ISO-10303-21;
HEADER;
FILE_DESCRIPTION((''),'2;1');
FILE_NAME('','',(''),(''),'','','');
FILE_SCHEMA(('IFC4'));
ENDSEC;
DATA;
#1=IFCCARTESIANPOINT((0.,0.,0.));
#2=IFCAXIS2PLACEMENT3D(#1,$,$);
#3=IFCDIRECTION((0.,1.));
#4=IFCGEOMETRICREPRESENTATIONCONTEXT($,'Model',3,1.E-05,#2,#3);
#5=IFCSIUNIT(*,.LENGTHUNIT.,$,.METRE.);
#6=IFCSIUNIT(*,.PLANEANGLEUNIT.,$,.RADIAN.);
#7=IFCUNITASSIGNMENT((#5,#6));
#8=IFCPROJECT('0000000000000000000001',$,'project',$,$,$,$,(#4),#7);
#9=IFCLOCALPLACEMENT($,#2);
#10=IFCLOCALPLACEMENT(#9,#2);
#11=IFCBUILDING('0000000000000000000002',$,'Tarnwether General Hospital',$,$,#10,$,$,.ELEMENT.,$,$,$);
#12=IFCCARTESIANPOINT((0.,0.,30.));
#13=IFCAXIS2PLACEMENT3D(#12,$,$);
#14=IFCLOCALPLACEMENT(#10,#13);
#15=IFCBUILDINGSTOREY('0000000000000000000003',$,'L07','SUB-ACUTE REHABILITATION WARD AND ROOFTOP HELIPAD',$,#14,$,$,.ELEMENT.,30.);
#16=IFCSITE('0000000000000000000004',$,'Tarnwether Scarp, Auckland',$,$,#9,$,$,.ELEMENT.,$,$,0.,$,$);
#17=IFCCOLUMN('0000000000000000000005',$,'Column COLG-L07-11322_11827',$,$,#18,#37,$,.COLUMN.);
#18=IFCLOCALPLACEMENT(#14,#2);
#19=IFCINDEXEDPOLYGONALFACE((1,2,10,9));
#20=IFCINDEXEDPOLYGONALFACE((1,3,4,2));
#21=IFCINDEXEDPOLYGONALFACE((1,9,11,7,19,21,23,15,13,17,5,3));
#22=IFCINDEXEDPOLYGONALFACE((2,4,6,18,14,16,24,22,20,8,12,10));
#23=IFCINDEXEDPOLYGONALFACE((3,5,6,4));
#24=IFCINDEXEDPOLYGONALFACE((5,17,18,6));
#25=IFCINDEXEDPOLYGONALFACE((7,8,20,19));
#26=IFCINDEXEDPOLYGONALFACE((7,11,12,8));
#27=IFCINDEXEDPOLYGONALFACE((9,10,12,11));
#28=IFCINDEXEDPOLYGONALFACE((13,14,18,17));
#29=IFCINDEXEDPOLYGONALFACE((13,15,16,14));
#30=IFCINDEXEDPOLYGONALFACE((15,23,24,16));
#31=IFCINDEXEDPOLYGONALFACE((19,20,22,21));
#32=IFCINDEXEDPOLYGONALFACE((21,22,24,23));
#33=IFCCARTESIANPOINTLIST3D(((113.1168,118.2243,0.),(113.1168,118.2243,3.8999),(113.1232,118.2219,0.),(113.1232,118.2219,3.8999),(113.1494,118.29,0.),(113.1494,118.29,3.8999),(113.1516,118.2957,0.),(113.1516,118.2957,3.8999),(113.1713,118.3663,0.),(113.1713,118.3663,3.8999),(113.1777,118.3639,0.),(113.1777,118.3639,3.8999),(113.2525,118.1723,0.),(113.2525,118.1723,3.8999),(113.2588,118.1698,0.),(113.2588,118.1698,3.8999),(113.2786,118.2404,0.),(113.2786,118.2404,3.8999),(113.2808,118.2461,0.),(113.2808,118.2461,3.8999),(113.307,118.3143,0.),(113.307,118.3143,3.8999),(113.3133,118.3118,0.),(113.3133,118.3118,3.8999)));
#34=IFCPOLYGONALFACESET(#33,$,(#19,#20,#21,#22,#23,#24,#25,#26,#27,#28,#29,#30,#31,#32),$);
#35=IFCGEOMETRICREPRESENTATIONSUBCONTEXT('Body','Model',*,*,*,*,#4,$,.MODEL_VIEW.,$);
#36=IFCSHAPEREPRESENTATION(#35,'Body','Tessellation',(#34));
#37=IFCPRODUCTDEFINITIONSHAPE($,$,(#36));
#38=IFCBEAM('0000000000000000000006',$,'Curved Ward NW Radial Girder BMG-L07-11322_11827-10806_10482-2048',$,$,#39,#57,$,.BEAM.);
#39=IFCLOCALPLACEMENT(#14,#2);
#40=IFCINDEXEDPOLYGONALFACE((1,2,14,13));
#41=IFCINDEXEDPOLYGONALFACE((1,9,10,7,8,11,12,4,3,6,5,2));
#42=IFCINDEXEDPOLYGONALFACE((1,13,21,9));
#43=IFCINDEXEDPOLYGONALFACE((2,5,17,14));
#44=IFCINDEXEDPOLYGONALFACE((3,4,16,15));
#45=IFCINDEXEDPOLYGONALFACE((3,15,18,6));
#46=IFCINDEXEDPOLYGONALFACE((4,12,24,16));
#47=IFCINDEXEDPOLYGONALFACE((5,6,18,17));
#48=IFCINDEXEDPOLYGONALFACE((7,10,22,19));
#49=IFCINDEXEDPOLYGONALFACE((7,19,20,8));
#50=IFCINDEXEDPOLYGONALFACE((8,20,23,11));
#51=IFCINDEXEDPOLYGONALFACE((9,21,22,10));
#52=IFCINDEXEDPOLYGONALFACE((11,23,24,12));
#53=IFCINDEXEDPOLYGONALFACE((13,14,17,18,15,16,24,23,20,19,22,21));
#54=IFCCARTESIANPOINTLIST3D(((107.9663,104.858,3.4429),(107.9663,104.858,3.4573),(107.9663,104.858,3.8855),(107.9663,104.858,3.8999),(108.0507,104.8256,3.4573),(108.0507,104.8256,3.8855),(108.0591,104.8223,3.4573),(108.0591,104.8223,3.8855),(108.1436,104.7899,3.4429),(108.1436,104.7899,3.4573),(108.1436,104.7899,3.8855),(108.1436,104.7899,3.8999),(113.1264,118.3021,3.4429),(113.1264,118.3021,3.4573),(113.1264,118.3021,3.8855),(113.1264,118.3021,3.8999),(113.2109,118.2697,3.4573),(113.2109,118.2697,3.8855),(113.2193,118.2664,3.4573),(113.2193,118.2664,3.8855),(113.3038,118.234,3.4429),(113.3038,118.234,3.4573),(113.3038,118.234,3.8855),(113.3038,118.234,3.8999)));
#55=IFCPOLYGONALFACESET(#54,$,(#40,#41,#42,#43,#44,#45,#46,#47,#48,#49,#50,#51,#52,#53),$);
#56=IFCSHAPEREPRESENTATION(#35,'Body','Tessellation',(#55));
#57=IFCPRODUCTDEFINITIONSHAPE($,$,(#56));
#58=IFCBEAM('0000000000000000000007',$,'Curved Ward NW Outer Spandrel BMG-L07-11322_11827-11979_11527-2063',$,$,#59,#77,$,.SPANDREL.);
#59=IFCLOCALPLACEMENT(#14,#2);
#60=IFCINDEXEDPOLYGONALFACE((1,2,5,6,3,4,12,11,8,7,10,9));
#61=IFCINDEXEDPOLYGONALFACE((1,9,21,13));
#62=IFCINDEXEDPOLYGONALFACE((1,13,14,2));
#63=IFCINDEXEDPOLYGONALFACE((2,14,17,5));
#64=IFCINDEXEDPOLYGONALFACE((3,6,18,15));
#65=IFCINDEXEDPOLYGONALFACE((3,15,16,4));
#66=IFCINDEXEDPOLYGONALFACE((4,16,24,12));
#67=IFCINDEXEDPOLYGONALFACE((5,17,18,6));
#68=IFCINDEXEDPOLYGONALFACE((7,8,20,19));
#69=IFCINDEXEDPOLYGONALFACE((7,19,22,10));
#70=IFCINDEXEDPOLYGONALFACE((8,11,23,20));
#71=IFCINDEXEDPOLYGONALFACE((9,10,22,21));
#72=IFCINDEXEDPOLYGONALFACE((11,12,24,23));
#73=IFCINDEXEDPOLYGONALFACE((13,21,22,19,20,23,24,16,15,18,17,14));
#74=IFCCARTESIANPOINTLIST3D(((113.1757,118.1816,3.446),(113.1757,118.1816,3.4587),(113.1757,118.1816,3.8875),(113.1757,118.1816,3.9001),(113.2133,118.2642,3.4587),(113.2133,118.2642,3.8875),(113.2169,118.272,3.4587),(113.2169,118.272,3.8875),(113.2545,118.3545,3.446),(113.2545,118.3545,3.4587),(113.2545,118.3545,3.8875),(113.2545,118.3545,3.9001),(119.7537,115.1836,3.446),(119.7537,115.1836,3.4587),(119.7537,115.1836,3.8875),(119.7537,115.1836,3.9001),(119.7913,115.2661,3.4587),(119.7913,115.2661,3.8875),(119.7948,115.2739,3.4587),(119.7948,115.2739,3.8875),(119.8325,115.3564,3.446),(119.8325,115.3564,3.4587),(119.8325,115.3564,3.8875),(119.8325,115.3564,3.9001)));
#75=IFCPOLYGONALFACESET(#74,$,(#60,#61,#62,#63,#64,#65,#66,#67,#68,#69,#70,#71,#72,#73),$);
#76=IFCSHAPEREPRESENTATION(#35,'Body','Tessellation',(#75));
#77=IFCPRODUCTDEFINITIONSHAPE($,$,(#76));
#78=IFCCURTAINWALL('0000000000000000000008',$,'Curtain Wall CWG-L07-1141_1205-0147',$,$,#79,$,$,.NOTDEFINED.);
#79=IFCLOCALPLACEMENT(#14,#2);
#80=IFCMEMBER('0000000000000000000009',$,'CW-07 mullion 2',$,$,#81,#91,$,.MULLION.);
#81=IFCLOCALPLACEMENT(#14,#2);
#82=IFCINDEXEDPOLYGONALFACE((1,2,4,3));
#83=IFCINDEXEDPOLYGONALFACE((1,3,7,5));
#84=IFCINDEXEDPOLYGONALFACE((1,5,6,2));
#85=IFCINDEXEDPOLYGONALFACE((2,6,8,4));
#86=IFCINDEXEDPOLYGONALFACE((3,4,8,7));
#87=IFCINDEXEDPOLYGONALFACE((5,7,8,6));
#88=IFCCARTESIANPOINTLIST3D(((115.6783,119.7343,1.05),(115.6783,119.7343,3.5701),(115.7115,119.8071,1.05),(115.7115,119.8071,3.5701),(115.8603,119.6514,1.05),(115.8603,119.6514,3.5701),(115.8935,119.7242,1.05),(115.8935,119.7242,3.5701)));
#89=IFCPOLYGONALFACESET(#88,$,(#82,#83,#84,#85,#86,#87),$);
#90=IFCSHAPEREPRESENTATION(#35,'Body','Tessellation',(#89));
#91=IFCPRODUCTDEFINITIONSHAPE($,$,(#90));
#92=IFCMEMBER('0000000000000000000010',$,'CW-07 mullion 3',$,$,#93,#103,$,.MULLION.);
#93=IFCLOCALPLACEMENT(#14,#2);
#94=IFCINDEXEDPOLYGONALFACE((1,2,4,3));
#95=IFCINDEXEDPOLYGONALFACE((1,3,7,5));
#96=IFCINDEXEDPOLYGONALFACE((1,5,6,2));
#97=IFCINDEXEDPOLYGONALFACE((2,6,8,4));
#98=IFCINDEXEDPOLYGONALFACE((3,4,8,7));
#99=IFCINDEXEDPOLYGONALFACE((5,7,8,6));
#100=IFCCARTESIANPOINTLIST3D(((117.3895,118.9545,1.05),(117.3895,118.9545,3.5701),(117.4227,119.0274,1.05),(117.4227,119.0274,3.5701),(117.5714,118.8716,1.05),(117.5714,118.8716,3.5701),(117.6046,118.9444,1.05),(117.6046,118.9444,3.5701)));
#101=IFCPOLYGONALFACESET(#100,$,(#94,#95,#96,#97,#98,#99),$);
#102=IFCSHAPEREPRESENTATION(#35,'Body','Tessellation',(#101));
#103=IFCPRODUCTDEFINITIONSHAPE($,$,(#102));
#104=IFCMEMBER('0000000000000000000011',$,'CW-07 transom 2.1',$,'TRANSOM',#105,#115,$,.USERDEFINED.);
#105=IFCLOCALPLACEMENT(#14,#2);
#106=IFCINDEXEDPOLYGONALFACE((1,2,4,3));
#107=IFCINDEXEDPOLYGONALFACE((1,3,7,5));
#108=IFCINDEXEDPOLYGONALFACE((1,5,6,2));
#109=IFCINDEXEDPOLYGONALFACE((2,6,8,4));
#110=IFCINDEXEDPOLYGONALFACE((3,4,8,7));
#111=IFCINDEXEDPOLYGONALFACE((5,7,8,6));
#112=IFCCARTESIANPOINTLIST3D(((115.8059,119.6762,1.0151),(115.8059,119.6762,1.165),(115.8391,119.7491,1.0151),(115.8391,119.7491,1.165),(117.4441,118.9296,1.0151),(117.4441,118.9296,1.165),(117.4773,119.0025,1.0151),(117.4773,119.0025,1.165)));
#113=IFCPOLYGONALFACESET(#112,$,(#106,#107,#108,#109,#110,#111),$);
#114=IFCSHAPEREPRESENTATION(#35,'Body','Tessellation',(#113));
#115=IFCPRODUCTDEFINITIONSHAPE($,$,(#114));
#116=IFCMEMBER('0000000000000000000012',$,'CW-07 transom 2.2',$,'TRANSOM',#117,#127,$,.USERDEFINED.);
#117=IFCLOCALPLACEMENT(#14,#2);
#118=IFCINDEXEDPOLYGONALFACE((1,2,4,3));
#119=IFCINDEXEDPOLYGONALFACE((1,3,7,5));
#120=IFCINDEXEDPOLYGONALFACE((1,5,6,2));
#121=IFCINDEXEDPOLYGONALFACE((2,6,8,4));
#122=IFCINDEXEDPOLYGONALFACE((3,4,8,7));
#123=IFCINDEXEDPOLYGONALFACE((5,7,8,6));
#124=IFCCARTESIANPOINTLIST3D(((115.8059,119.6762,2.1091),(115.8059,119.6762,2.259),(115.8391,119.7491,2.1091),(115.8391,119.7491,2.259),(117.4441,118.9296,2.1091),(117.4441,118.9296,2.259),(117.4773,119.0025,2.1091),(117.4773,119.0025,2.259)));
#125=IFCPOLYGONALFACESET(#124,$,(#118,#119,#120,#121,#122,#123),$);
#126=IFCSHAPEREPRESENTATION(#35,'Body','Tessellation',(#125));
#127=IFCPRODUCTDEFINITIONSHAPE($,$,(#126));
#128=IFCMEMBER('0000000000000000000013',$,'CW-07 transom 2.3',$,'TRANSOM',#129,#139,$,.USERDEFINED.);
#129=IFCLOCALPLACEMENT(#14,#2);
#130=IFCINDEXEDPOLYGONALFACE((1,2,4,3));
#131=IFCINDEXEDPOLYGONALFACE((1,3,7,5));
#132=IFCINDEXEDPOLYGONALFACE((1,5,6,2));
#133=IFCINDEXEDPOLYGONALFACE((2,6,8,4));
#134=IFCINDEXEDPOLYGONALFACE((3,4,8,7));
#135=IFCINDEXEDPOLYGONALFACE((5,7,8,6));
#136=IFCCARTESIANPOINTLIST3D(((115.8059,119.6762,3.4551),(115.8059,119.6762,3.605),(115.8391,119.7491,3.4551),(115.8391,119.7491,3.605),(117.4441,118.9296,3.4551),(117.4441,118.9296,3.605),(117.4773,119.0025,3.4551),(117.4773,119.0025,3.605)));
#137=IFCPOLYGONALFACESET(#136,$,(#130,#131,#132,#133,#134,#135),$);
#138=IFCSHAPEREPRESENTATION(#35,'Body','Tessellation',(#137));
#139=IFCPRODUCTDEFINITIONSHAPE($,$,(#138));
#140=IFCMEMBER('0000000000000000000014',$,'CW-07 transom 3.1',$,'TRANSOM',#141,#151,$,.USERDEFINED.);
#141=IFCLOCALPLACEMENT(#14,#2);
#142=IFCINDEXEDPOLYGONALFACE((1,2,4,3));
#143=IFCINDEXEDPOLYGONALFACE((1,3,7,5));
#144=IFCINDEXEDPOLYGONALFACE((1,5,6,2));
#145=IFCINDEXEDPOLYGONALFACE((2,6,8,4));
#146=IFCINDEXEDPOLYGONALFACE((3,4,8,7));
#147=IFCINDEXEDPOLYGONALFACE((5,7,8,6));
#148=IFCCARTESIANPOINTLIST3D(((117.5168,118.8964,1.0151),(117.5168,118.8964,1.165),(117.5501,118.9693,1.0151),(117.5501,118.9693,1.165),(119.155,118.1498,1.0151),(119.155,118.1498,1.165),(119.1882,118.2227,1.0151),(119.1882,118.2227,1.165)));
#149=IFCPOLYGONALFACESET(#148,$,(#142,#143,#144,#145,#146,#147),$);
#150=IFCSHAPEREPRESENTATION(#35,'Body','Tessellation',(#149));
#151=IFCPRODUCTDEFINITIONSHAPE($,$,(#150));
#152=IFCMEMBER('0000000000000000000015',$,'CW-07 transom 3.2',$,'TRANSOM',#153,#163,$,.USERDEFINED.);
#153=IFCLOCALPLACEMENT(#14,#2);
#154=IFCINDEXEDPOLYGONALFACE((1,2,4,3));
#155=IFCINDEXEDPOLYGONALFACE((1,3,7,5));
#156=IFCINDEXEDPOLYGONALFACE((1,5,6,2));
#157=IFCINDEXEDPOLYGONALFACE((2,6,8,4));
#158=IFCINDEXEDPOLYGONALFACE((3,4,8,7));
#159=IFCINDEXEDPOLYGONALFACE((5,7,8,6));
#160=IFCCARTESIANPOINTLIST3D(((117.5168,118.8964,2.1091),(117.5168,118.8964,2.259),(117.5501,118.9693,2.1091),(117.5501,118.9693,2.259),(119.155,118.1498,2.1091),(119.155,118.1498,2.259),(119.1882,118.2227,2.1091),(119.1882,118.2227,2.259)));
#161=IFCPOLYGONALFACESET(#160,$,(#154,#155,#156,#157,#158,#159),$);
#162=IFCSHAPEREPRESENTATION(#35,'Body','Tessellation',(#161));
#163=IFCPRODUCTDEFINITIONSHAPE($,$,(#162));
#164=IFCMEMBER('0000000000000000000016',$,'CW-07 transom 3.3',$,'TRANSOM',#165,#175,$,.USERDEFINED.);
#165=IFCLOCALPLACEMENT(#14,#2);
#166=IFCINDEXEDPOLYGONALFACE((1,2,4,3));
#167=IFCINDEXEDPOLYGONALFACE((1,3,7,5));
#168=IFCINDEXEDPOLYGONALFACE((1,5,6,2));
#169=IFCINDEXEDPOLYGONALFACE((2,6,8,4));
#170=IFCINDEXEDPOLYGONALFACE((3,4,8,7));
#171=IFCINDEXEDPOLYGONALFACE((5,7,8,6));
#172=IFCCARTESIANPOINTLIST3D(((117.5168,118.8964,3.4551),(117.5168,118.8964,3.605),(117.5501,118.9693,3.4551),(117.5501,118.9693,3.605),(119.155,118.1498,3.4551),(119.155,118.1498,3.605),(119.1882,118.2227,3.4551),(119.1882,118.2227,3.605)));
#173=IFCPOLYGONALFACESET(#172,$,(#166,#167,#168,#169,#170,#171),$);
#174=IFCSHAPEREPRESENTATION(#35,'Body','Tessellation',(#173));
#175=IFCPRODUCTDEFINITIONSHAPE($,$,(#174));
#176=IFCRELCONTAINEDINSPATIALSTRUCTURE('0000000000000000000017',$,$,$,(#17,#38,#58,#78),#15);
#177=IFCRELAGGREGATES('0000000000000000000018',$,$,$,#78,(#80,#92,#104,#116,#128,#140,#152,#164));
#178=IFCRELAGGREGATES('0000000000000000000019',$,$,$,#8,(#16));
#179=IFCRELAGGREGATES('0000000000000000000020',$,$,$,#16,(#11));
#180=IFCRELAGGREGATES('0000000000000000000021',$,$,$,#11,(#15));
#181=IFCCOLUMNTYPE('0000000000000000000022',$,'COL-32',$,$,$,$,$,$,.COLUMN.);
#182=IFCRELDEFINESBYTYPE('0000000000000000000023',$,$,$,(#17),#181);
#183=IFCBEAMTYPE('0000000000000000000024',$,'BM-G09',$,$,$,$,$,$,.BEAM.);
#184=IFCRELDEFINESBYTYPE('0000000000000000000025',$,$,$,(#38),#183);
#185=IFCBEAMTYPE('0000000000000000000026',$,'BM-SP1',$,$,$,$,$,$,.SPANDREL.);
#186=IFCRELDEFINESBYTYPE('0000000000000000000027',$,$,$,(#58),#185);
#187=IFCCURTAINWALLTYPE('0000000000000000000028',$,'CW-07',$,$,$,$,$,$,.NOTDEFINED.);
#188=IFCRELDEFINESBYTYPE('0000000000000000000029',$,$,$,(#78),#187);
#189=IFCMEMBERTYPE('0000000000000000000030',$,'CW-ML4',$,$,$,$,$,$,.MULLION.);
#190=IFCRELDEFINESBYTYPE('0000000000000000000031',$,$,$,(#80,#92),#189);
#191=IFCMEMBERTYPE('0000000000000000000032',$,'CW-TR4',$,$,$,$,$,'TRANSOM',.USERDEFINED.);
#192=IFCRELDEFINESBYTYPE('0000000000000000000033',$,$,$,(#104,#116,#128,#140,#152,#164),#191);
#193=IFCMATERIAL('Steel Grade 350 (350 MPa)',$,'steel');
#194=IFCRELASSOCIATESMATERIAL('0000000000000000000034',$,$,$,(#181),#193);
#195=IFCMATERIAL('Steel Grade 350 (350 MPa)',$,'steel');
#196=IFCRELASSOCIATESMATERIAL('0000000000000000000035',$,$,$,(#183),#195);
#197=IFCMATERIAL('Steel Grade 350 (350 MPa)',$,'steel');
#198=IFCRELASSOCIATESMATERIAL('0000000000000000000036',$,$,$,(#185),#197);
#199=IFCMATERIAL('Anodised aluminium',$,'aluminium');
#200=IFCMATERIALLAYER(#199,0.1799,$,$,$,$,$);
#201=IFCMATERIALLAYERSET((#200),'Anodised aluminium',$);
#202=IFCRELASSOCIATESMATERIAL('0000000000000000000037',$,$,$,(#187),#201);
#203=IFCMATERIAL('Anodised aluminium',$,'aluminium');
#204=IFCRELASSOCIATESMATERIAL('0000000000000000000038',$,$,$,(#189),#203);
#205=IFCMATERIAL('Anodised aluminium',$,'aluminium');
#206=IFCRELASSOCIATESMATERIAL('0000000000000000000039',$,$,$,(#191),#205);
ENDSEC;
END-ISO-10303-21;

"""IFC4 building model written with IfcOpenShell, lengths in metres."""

from ifc_helpers import new_model, si_unit, direction, frame, origin, origin_2d, place, context, subcontext, project, spatial, rectangle, i_section, extrude, material, layer, layer_set, material_profile, profile_set, type_object, element, aggregate, save


model = new_model("IFC4")

# Units and contexts
model_context = context("Model", 3, precision=1e-05, world=origin(), true_north=direction((0.0, 1.0)))
body_context = subcontext(model_context, "Body", "Model", "MODEL_VIEW")
ifc_project = project(units=[si_unit("LENGTHUNIT", "METRE"), si_unit("PLANEANGLEUNIT", "RADIAN")], contexts=[model_context])

# Site, building, storey
site_placement = place(None, origin())
site = spatial("IfcSite", under=ifc_project, at=site_placement, Name="Tarnwether Scarp, Auckland", CompositionType="ELEMENT", RefElevation=0.0)
building_placement = place(site_placement, origin())
building = spatial("IfcBuilding", under=site, at=building_placement, Name="Tarnwether General Hospital", CompositionType="ELEMENT")
storey_placement = place(building_placement, frame((0.0, 0.0, 30.0)))
storey = spatial("IfcBuildingStorey", under=building, at=storey_placement, Name="L07", Description="SUB-ACUTE REHABILITATION WARD AND ROOFTOP HELIPAD", CompositionType="ELEMENT", Elevation=30.0)

# Column
ifc_material_1 = material(Name="Steel Grade 350 (350 MPa)", Category="steel")
ifc_material_profile_1 = material_profile(ifc_material_1, i_section(OverallWidth=0.1521, OverallDepth=0.1521, WebThickness=0.0061, FlangeThickness=0.0068, at=origin_2d()), Name="150UC23.4")
ifc_profile_set_1 = profile_set([ifc_material_profile_1], Name="Steel Grade 350 (350 MPa)")
column_type = type_object("IfcColumnType", Name="COL-32", PredefinedType="COLUMN", material=ifc_profile_set_1)
column_placement = place(storey_placement, frame((113.2151, 118.2681, 0.0), z_axis=(0.0, 0.0, 1.0), x_axis=(0.358368, 0.93358, 0.0)))
element("IfcColumn", 1, at=column_placement, inside=storey, type_object=column_type, Name="Column COLG-L07-11322_11827", PredefinedType="COLUMN", context=body_context, shape_type="SweptSolid", body=[
    extrude(i_section(OverallWidth=0.1521, OverallDepth=0.1521, WebThickness=0.0061, FlangeThickness=0.0068, at=origin_2d()), origin(), (0.0, 0.0, 1.0), 3.8999),
])

# Beams
ifc_material_2 = material(Name="Steel Grade 350 (350 MPa)", Category="steel")
ifc_material_profile_2 = material_profile(ifc_material_2, i_section(OverallWidth=0.1899, OverallDepth=0.457, WebThickness=0.009, FlangeThickness=0.0144, at=origin_2d()), Name="460UB74.6")
ifc_profile_set_2 = profile_set([ifc_material_profile_2], Name="Steel Grade 350 (350 MPa)")
beam_type_1 = type_object("IfcBeamType", Name="BM-G09", PredefinedType="BEAM", material=ifc_profile_set_2)
beam_1_placement = place(storey_placement, frame((113.2151, 118.2681, 3.6714), z_axis=(-0.358335, -0.933593, 0.0), x_axis=(0.933593, -0.358335, 0.0)))
element("IfcBeam", 2, at=beam_1_placement, inside=storey, type_object=beam_type_1, Name="Curved Ward NW Radial Girder BMG-L07-11322_11827-10806_10482-2048", PredefinedType="BEAM", context=body_context, shape_type="SweptSolid", body=[
    extrude(i_section(OverallWidth=0.1899, OverallDepth=0.457, WebThickness=0.009, FlangeThickness=0.0144, at=origin_2d()), origin(), (0.0, 0.0, 1.0), 14.4004),
])
ifc_material_3 = material(Name="Steel Grade 350 (350 MPa)", Category="steel")
ifc_material_profile_3 = material_profile(ifc_material_3, i_section(OverallWidth=0.1899, OverallDepth=0.4541, WebThickness=0.0085, FlangeThickness=0.0127, at=origin_2d()), Name="460UB67.1")
ifc_profile_set_3 = profile_set([ifc_material_profile_3], Name="Steel Grade 350 (350 MPa)")
beam_type_2 = type_object("IfcBeamType", Name="BM-SP1", PredefinedType="SPANDREL", material=ifc_profile_set_3)
beam_2_placement = place(storey_placement, frame((113.2151, 118.2681, 3.6731), z_axis=(0.909944, -0.414731, 0.0), x_axis=(0.414731, 0.909944, 0.0)))
element("IfcBeam", 3, at=beam_2_placement, inside=storey, type_object=beam_type_2, Name="Curved Ward NW Outer Spandrel BMG-L07-11322_11827-11979_11527-2063", PredefinedType="SPANDREL", context=body_context, shape_type="SweptSolid", body=[
    extrude(i_section(OverallWidth=0.1899, OverallDepth=0.4541, WebThickness=0.0085, FlangeThickness=0.0127, at=origin_2d()), origin(), (0.0, 0.0, 1.0), 7.229),
])

# Curtain wall, members
ifc_material_4 = material(Name="Anodised aluminium", Category="aluminium")
ifc_layer_1 = layer(ifc_material_4, 0.1799)
ifc_layer_set_1 = layer_set([ifc_layer_1], Name="Anodised aluminium")
curtain_wall_type = type_object("IfcCurtainWallType", Name="CW-07", PredefinedType="NOTDEFINED", material=ifc_layer_set_1)
curtain_wall_placement = place(storey_placement, origin())
curtain_wall = element("IfcCurtainWall", 4, at=curtain_wall_placement, inside=storey, type_object=curtain_wall_type, Name="Curtain Wall CWG-L07-1141_1205-0147", PredefinedType="NOTDEFINED")
ifc_material_5 = material(Name="Anodised aluminium", Category="aluminium")
ifc_material_profile_4 = material_profile(ifc_material_5, rectangle(XDim=0.0801, YDim=0.2, at=origin_2d()), Name="ALU-MUL-80x200")
ifc_profile_set_4 = profile_set([ifc_material_profile_4], Name="Anodised aluminium")
member_type_1 = type_object("IfcMemberType", Name="CW-ML4", PredefinedType="MULLION", material=ifc_profile_set_4)
member_1_placement = place(storey_placement, frame((115.7859, 119.7292, 1.05), z_axis=(0.0, 0.0, 1.0), x_axis=(0.414694, 0.909961, 0.0)))
member_1 = element("IfcMember", 5, at=member_1_placement, type_object=member_type_1, Name="CW-07 mullion 2", PredefinedType="MULLION", context=body_context, shape_type="SweptSolid", body=[
    extrude(rectangle(XDim=0.0801, YDim=0.2, at=origin_2d()), origin(), (0.0, 0.0, 1.0), 2.52),
])
member_2_placement = place(storey_placement, frame((117.4971, 118.9495, 1.05), z_axis=(0.0, 0.0, 1.0), x_axis=(0.414694, 0.909961, 0.0)))
member_2 = element("IfcMember", 6, at=member_2_placement, type_object=member_type_1, Name="CW-07 mullion 3", PredefinedType="MULLION", context=body_context, shape_type="SweptSolid", body=[
    extrude(rectangle(XDim=0.0801, YDim=0.2, at=origin_2d()), origin(), (0.0, 0.0, 1.0), 2.52),
])
ifc_material_6 = material(Name="Anodised aluminium", Category="aluminium")
ifc_material_profile_5 = material_profile(ifc_material_6, rectangle(XDim=0.0801, YDim=0.1499, at=origin_2d()), Name="ALU-TRN-80x150")
ifc_profile_set_5 = profile_set([ifc_material_profile_5], Name="Anodised aluminium")
member_type_2 = type_object("IfcMemberType", Name="CW-TR4", ElementType="TRANSOM", PredefinedType="USERDEFINED", material=ifc_profile_set_5)
member_3_placement = place(storey_placement, frame((115.8225, 119.7126, 1.0901), z_axis=(0.909957, -0.414702, 0.0), x_axis=(0.414702, 0.909957, 0.0)))
member_3 = element("IfcMember", 7, at=member_3_placement, type_object=member_type_2, Name="CW-07 transom 2.1", ObjectType="TRANSOM", PredefinedType="USERDEFINED", context=body_context, shape_type="SweptSolid", body=[
    extrude(rectangle(XDim=0.0801, YDim=0.1499, at=origin_2d()), origin(), (0.0, 0.0, 1.0), 1.8003),
])
member_4_placement = place(storey_placement, frame((115.8225, 119.7126, 2.1841), z_axis=(0.909957, -0.414702, 0.0), x_axis=(0.414702, 0.909957, 0.0)))
member_4 = element("IfcMember", 8, at=member_4_placement, type_object=member_type_2, Name="CW-07 transom 2.2", ObjectType="TRANSOM", PredefinedType="USERDEFINED", context=body_context, shape_type="SweptSolid", body=[
    extrude(rectangle(XDim=0.0801, YDim=0.1499, at=origin_2d()), origin(), (0.0, 0.0, 1.0), 1.8003),
])
member_5_placement = place(storey_placement, frame((115.8225, 119.7126, 3.53), z_axis=(0.909957, -0.414702, 0.0), x_axis=(0.414702, 0.909957, 0.0)))
member_5 = element("IfcMember", 9, at=member_5_placement, type_object=member_type_2, Name="CW-07 transom 2.3", ObjectType="TRANSOM", PredefinedType="USERDEFINED", context=body_context, shape_type="SweptSolid", body=[
    extrude(rectangle(XDim=0.0801, YDim=0.1499, at=origin_2d()), origin(), (0.0, 0.0, 1.0), 1.8003),
])
member_6_placement = place(storey_placement, frame((117.5334, 118.9329, 1.0901), z_axis=(0.909957, -0.414702, 0.0), x_axis=(0.414702, 0.909957, 0.0)))
member_6 = element("IfcMember", 10, at=member_6_placement, type_object=member_type_2, Name="CW-07 transom 3.1", ObjectType="TRANSOM", PredefinedType="USERDEFINED", context=body_context, shape_type="SweptSolid", body=[
    extrude(rectangle(XDim=0.0801, YDim=0.1499, at=origin_2d()), origin(), (0.0, 0.0, 1.0), 1.8003),
])
member_7_placement = place(storey_placement, frame((117.5334, 118.9329, 2.1841), z_axis=(0.909957, -0.414702, 0.0), x_axis=(0.414702, 0.909957, 0.0)))
member_7 = element("IfcMember", 11, at=member_7_placement, type_object=member_type_2, Name="CW-07 transom 3.2", ObjectType="TRANSOM", PredefinedType="USERDEFINED", context=body_context, shape_type="SweptSolid", body=[
    extrude(rectangle(XDim=0.0801, YDim=0.1499, at=origin_2d()), origin(), (0.0, 0.0, 1.0), 1.8003),
])
member_8_placement = place(storey_placement, frame((117.5334, 118.9329, 3.53), z_axis=(0.909957, -0.414702, 0.0), x_axis=(0.414702, 0.909957, 0.0)))
member_8 = element("IfcMember", 12, at=member_8_placement, type_object=member_type_2, Name="CW-07 transom 3.3", ObjectType="TRANSOM", PredefinedType="USERDEFINED", context=body_context, shape_type="SweptSolid", body=[
    extrude(rectangle(XDim=0.0801, YDim=0.1499, at=origin_2d()), origin(), (0.0, 0.0, 1.0), 1.8003),
])
aggregate(curtain_wall, [member_1, member_2, member_3, member_4, member_5, member_6, member_7, member_8])

save(model, "model.ifc")
